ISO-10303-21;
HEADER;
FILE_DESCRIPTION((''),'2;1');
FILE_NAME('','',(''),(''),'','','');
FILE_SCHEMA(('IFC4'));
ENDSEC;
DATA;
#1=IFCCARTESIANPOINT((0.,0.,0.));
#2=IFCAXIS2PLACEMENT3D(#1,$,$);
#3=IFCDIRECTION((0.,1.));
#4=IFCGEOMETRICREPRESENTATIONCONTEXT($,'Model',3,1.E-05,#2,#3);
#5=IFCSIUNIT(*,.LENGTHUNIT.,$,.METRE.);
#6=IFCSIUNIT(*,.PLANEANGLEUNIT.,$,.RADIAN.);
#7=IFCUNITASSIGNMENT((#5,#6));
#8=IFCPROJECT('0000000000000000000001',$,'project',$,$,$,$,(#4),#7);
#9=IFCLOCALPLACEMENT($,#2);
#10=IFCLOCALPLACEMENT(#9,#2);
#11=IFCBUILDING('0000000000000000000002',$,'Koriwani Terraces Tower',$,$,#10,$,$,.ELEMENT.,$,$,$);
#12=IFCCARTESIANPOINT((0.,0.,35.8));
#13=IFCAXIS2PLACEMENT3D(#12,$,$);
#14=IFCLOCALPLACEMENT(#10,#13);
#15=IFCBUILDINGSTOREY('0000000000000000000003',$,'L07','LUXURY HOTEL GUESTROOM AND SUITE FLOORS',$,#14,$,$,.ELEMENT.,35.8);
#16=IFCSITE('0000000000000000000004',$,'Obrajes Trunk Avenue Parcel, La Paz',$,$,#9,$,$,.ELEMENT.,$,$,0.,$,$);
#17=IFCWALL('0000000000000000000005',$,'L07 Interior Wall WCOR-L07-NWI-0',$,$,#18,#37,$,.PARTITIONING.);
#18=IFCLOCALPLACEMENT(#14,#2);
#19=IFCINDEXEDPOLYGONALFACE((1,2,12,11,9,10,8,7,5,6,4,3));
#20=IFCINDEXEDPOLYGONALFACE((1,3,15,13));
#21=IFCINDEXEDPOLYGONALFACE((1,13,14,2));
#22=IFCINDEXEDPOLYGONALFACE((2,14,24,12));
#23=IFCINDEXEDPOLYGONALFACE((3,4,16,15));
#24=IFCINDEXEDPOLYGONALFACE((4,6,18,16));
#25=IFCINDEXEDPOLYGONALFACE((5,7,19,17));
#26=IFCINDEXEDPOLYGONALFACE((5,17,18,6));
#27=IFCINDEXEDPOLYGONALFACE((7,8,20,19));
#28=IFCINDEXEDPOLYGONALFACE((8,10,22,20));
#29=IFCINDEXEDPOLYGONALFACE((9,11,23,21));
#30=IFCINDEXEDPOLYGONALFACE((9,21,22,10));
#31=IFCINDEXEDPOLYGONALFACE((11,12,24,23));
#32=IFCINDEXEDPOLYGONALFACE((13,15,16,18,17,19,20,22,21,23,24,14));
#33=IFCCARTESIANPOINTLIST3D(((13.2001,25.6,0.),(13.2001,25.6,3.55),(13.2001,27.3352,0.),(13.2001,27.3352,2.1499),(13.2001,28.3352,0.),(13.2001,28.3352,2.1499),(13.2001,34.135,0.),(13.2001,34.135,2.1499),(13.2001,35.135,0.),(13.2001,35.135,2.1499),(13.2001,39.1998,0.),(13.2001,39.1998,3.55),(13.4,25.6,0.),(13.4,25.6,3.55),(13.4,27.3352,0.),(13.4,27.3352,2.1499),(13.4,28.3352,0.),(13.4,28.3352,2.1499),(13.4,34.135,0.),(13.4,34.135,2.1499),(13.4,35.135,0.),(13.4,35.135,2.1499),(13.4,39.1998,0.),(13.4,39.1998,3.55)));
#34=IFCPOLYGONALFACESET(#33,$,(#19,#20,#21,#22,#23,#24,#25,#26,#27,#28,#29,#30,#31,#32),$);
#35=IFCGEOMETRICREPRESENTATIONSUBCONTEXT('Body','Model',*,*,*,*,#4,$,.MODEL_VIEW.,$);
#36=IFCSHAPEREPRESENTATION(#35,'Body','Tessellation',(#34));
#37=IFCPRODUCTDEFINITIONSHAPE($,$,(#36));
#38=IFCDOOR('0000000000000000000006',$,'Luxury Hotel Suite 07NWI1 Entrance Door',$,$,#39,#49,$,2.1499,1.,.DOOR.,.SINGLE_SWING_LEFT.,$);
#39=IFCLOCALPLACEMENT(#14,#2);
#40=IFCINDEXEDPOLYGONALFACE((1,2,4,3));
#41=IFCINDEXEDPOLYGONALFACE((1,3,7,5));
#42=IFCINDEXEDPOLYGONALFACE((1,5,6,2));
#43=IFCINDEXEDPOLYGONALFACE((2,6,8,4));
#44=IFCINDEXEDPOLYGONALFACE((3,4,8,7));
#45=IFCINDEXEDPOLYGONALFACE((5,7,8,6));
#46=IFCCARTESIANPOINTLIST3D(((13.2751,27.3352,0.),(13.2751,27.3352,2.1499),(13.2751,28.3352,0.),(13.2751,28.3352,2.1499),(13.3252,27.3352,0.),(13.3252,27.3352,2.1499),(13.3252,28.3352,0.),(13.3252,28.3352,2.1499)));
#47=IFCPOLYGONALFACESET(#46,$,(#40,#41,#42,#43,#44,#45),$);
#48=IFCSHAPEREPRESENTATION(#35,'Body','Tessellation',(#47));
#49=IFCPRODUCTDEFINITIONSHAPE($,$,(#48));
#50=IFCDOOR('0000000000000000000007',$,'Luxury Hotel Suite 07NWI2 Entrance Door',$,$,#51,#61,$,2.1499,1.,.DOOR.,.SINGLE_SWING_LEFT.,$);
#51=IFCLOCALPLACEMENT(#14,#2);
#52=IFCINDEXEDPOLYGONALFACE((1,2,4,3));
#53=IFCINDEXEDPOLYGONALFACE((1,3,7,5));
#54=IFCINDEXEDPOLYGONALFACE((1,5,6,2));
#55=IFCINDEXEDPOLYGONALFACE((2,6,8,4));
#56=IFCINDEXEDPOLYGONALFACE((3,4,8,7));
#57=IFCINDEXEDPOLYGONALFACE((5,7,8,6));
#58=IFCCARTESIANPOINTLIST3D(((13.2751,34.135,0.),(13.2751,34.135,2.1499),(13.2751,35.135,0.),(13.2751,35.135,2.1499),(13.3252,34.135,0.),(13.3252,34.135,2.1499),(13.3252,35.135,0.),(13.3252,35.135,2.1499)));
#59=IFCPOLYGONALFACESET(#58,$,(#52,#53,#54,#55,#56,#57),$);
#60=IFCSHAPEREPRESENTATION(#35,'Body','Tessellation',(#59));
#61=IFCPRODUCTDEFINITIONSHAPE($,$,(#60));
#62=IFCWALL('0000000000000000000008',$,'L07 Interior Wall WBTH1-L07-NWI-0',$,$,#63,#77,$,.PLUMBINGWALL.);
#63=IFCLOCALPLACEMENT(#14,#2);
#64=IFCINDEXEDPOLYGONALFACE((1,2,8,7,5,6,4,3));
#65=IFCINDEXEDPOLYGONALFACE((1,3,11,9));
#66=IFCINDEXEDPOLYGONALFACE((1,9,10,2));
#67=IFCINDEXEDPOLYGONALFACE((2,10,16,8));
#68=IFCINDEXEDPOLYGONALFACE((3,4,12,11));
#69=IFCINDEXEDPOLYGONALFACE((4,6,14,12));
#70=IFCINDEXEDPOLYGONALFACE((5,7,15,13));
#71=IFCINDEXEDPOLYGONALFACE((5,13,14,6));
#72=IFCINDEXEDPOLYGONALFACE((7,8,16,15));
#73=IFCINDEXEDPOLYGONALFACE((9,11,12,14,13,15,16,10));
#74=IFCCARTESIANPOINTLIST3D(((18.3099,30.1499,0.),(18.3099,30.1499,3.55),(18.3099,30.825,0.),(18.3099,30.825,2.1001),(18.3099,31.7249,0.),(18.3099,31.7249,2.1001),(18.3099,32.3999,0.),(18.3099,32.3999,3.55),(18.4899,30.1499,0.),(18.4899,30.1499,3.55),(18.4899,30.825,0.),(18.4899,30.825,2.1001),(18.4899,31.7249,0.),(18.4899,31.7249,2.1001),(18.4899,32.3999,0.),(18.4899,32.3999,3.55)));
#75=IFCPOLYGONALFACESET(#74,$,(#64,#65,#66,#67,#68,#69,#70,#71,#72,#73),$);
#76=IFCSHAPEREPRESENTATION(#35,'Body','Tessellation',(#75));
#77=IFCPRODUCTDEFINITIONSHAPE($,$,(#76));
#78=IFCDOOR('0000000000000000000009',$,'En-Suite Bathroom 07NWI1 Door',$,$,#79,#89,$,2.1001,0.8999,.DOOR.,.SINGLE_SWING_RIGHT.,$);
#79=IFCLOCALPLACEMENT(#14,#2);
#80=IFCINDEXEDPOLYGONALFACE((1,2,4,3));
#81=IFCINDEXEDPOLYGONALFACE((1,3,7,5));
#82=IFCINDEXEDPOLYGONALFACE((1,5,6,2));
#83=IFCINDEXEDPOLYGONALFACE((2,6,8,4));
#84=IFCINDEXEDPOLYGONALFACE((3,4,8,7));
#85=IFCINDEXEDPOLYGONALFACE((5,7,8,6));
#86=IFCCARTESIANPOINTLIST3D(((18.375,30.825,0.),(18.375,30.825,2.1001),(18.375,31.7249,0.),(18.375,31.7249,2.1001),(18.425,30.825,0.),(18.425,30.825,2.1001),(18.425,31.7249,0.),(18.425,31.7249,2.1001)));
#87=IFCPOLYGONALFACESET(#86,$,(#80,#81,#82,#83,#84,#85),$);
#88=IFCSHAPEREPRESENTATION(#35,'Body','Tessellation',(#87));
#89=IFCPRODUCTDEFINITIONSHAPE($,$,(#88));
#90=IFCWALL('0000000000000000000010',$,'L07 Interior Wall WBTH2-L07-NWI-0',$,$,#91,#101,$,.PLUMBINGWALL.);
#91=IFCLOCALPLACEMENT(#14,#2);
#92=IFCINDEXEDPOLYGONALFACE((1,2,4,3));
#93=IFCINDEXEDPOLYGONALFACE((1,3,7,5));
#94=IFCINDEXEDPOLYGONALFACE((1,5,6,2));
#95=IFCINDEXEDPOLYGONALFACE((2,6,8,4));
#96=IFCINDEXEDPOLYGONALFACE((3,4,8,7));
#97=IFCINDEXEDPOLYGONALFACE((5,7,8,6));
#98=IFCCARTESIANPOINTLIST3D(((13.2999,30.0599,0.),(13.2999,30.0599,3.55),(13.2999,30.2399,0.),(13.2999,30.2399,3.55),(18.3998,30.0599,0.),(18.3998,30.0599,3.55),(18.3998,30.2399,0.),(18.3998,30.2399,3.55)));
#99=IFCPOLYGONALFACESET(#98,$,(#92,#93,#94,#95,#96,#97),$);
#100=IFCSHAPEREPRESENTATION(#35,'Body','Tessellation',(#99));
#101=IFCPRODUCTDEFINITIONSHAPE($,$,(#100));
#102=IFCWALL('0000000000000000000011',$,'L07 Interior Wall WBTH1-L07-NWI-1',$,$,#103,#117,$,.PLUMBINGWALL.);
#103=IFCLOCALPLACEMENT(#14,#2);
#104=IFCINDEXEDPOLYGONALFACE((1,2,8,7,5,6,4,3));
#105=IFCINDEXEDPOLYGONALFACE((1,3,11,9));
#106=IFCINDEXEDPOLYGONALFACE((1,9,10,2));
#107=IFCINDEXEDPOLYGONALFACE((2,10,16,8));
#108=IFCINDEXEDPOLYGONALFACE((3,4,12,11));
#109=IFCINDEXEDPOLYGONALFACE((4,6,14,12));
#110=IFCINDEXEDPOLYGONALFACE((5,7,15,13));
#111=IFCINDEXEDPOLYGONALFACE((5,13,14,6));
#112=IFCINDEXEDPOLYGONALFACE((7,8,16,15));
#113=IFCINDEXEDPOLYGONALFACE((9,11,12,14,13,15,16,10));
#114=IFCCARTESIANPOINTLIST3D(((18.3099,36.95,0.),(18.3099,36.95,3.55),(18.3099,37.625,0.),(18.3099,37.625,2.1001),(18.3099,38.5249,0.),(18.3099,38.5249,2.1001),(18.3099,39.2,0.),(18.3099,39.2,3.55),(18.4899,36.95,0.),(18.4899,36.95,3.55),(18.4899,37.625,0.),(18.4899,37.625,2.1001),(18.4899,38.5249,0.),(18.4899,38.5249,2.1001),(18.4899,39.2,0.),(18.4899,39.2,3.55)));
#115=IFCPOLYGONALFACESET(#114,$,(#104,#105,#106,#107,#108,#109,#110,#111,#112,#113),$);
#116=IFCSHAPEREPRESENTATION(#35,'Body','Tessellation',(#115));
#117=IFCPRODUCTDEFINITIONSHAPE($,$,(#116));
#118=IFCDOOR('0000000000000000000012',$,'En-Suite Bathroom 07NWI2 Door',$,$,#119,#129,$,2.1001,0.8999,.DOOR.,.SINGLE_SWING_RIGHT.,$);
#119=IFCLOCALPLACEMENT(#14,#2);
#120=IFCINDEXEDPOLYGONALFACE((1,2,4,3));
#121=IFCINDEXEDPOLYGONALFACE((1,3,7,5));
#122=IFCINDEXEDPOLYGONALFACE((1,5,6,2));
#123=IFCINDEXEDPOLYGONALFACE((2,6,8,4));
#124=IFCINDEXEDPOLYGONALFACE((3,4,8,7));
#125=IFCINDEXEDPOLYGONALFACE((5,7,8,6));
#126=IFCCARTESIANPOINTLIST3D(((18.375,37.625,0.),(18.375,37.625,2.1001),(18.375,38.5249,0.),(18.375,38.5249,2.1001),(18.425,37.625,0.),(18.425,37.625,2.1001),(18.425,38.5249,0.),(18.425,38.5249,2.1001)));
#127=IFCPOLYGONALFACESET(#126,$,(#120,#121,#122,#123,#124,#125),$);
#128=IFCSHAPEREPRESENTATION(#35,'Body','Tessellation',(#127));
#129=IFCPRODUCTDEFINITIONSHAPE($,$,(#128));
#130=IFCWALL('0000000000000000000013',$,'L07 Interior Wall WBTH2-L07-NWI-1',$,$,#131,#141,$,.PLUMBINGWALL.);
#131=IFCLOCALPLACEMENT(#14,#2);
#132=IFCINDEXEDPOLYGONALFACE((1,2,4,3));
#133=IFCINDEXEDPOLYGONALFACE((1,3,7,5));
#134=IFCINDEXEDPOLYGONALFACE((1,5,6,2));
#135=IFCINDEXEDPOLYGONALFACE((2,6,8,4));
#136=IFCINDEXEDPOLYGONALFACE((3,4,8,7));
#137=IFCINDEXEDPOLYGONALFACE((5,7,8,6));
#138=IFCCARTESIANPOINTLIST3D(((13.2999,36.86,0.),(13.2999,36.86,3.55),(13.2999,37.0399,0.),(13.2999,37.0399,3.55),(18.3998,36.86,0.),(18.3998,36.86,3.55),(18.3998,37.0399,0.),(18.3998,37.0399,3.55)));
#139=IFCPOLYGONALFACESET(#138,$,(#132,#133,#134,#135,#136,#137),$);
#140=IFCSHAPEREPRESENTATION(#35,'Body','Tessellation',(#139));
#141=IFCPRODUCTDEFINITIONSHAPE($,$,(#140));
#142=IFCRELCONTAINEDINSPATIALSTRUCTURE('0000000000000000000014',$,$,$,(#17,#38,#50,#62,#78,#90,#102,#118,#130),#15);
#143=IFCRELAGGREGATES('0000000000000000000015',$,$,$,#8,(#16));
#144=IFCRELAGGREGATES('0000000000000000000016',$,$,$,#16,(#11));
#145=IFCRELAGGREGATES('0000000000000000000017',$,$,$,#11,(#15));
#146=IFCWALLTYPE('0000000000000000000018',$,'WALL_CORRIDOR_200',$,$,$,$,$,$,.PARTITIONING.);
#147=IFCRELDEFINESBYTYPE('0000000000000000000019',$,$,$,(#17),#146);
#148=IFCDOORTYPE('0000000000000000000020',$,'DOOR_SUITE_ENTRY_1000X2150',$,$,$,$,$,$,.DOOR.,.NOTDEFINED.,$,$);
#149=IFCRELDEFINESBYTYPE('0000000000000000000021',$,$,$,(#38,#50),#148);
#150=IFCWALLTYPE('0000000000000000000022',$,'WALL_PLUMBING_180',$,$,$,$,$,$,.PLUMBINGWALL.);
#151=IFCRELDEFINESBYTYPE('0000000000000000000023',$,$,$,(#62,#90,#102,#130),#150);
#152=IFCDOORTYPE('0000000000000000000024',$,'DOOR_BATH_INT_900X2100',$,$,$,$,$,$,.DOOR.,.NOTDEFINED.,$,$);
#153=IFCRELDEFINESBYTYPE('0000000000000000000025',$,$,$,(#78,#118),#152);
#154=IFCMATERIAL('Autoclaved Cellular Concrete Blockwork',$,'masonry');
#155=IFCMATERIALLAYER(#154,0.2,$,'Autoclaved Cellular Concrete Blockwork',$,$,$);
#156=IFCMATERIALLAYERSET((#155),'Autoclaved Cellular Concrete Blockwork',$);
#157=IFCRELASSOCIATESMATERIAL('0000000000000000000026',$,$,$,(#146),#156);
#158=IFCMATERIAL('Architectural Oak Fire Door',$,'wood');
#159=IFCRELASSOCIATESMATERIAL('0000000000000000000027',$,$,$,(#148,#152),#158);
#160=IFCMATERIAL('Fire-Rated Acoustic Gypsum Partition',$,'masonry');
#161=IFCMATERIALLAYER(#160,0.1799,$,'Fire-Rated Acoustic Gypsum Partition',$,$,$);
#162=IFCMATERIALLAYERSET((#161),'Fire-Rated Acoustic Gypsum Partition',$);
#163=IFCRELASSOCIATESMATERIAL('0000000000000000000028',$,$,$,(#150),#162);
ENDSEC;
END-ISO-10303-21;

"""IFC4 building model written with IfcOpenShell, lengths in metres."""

from ifc_helpers import new_model, si_unit, direction, frame, frame_2d, origin, place, context, subcontext, project, spatial, rectangle, extrude, material, layer, layer_set, type_object, element, fill, save


model = new_model("IFC4")

# Units and contexts
model_context = context("Model", 3, precision=1e-05, world=origin(), true_north=direction((0.0, 1.0)))
body_context = subcontext(model_context, "Body", "Model", "MODEL_VIEW")
ifc_project = project(units=[si_unit("LENGTHUNIT", "METRE"), si_unit("PLANEANGLEUNIT", "RADIAN")], contexts=[model_context])

# Site, building, storey
site_placement = place(None, origin())
site = spatial("IfcSite", under=ifc_project, at=site_placement, Name="Obrajes Trunk Avenue Parcel, La Paz", CompositionType="ELEMENT", RefElevation=0.0)
building_placement = place(site_placement, origin())
building = spatial("IfcBuilding", under=site, at=building_placement, Name="Koriwani Terraces Tower", CompositionType="ELEMENT")
storey_placement = place(building_placement, frame((0.0, 0.0, 35.8)))
storey = spatial("IfcBuildingStorey", under=building, at=storey_placement, Name="L07", Description="LUXURY HOTEL GUESTROOM AND SUITE FLOORS", CompositionType="ELEMENT", Elevation=35.8)

# Shared definitions
ifc_material_1 = material(Name="Autoclaved Cellular Concrete Blockwork", Category="masonry")
ifc_layer_1 = layer(ifc_material_1, 0.2, Name="Autoclaved Cellular Concrete Blockwork")
ifc_layer_set_1 = layer_set([ifc_layer_1], Name="Autoclaved Cellular Concrete Blockwork")
wall_type_1 = type_object("IfcWallType", Name="WALL_CORRIDOR_200", PredefinedType="PARTITIONING", material=ifc_layer_set_1)

# Wall, openings, doors
wall_1_placement = place(storey_placement, frame((13.3, 25.6001, 0.0), z_axis=(0.0, 0.0, 1.0), x_axis=(0.0, 1.0, 0.0)))
wall_1 = element("IfcWall", 1, at=wall_1_placement, inside=storey, type_object=wall_type_1, Name="L07 Interior Wall WCOR-L07-NWI-0", PredefinedType="PARTITIONING", context=body_context, shape_type="SweptSolid", body=[
    extrude(rectangle(XDim=13.5999, YDim=0.2, at=frame_2d((6.7998, 0.0))), origin(), (0.0, 0.0, 1.0), 3.55),
])
opening_1_placement = place(wall_1_placement, frame((1.7351, 0.0, 0.0)))
opening_1 = element("IfcOpeningElement", 2, at=opening_1_placement, cuts=wall_1, PredefinedType="OPENING", context=body_context, shape_type="SweptSolid", body=[
    extrude(rectangle(XDim=1.0, YDim=2.1499, at=frame_2d((0.5, 1.075))), frame((0.0, 0.1099, 0.0), z_axis=(0.0, -1.0, 0.0), x_axis=(1.0, 0.0, 0.0)), (0.0, 0.0, 1.0), 0.22),
])
opening_2_placement = place(wall_1_placement, frame((8.5349, 0.0, 0.0)))
opening_2 = element("IfcOpeningElement", 3, at=opening_2_placement, cuts=wall_1, PredefinedType="OPENING", context=body_context, shape_type="SweptSolid", body=[
    extrude(rectangle(XDim=1.0, YDim=2.1499, at=frame_2d((0.5, 1.075))), frame((0.0, 0.1099, 0.0), z_axis=(0.0, -1.0, 0.0), x_axis=(1.0, 0.0, 0.0)), (0.0, 0.0, 1.0), 0.22),
])
ifc_material_2 = material(Name="Architectural Oak Fire Door", Category="wood")
door_type_1 = type_object("IfcDoorType", Name="DOOR_SUITE_ENTRY_1000X2150", OperationType="NOTDEFINED", PredefinedType="DOOR", material=ifc_material_2)
door_1_placement = place(opening_1_placement, origin())
door_1 = element("IfcDoor", 4, at=door_1_placement, inside=storey, type_object=door_type_1, Name="Luxury Hotel Suite 07NWI1 Entrance Door", OperationType="SINGLE_SWING_LEFT", OverallHeight=2.1499, OverallWidth=1.0, PredefinedType="DOOR", context=body_context, shape_type="SweptSolid", body=[
    extrude(rectangle(XDim=1.0, YDim=2.1499, at=frame_2d((0.5, 1.075))), frame((0.0, 0.0249, 0.0), z_axis=(0.0, -1.0, 0.0), x_axis=(1.0, 0.0, 0.0)), (0.0, 0.0, 1.0), 0.05),
])
fill(opening_1, door_1)
door_2_placement = place(opening_2_placement, origin())
door_2 = element("IfcDoor", 5, at=door_2_placement, inside=storey, type_object=door_type_1, Name="Luxury Hotel Suite 07NWI2 Entrance Door", OperationType="SINGLE_SWING_LEFT", OverallHeight=2.1499, OverallWidth=1.0, PredefinedType="DOOR", context=body_context, shape_type="SweptSolid", body=[
    extrude(rectangle(XDim=1.0, YDim=2.1499, at=frame_2d((0.5, 1.075))), frame((0.0, 0.0249, 0.0), z_axis=(0.0, -1.0, 0.0), x_axis=(1.0, 0.0, 0.0)), (0.0, 0.0, 1.0), 0.05),
])
fill(opening_2, door_2)

# Wall, opening, door
ifc_material_3 = material(Name="Fire-Rated Acoustic Gypsum Partition", Category="masonry")
ifc_layer_2 = layer(ifc_material_3, 0.1799, Name="Fire-Rated Acoustic Gypsum Partition")
ifc_layer_set_2 = layer_set([ifc_layer_2], Name="Fire-Rated Acoustic Gypsum Partition")
wall_type_2 = type_object("IfcWallType", Name="WALL_PLUMBING_180", PredefinedType="PLUMBINGWALL", material=ifc_layer_set_2)
wall_2_placement = place(storey_placement, frame((18.3999, 30.1499, 0.0), z_axis=(0.0, 0.0, 1.0), x_axis=(0.0, 1.0, 0.0)))
wall_2 = element("IfcWall", 6, at=wall_2_placement, inside=storey, type_object=wall_type_2, Name="L07 Interior Wall WBTH1-L07-NWI-0", PredefinedType="PLUMBINGWALL", context=body_context, shape_type="SweptSolid", body=[
    extrude(rectangle(XDim=2.25, YDim=0.1799, at=frame_2d((1.125, 0.0))), origin(), (0.0, 0.0, 1.0), 3.55),
])
opening_3_placement = place(wall_2_placement, frame((0.675, 0.0, 0.0)))
opening_3 = element("IfcOpeningElement", 7, at=opening_3_placement, cuts=wall_2, PredefinedType="OPENING", context=body_context, shape_type="SweptSolid", body=[
    extrude(rectangle(XDim=0.8999, YDim=2.1001, at=frame_2d((0.45, 1.05))), frame((0.0, 0.1001, 0.0), z_axis=(0.0, -1.0, 0.0), x_axis=(1.0, 0.0, 0.0)), (0.0, 0.0, 1.0), 0.2),
])
door_type_2 = type_object("IfcDoorType", Name="DOOR_BATH_INT_900X2100", OperationType="NOTDEFINED", PredefinedType="DOOR", material=ifc_material_2)
door_3_placement = place(opening_3_placement, origin())
door_3 = element("IfcDoor", 8, at=door_3_placement, inside=storey, type_object=door_type_2, Name="En-Suite Bathroom 07NWI1 Door", OperationType="SINGLE_SWING_RIGHT", OverallHeight=2.1001, OverallWidth=0.8999, PredefinedType="DOOR", context=body_context, shape_type="SweptSolid", body=[
    extrude(rectangle(XDim=0.8999, YDim=2.1001, at=frame_2d((0.45, 1.05))), frame((0.0, 0.0249, 0.0), z_axis=(0.0, -1.0, 0.0), x_axis=(1.0, 0.0, 0.0)), (0.0, 0.0, 1.0), 0.05),
])
fill(opening_3, door_3)

# Wall
wall_3_placement = place(storey_placement, frame((13.3, 30.1499, 0.0), z_axis=(0.0, 0.0, 1.0), x_axis=(1.0, 0.0, 0.0)))
element("IfcWall", 9, at=wall_3_placement, inside=storey, type_object=wall_type_2, Name="L07 Interior Wall WBTH2-L07-NWI-0", PredefinedType="PLUMBINGWALL", context=body_context, shape_type="SweptSolid", body=[
    extrude(rectangle(XDim=5.0999, YDim=0.1799, at=frame_2d((2.5498, 0.0))), origin(), (0.0, 0.0, 1.0), 3.55),
])

# Wall, opening, door
wall_4_placement = place(storey_placement, frame((18.3999, 36.95, 0.0), z_axis=(0.0, 0.0, 1.0), x_axis=(0.0, 1.0, 0.0)))
wall_4 = element("IfcWall", 10, at=wall_4_placement, inside=storey, type_object=wall_type_2, Name="L07 Interior Wall WBTH1-L07-NWI-1", PredefinedType="PLUMBINGWALL", context=body_context, shape_type="SweptSolid", body=[
    extrude(rectangle(XDim=2.25, YDim=0.1799, at=frame_2d((1.125, 0.0))), origin(), (0.0, 0.0, 1.0), 3.55),
])
opening_4_placement = place(wall_4_placement, frame((0.675, 0.0, 0.0)))
opening_4 = element("IfcOpeningElement", 11, at=opening_4_placement, cuts=wall_4, PredefinedType="OPENING", context=body_context, shape_type="SweptSolid", body=[
    extrude(rectangle(XDim=0.8999, YDim=2.1001, at=frame_2d((0.45, 1.05))), frame((0.0, 0.1001, 0.0), z_axis=(0.0, -1.0, 0.0), x_axis=(1.0, 0.0, 0.0)), (0.0, 0.0, 1.0), 0.2),
])
door_4_placement = place(opening_4_placement, origin())
door_4 = element("IfcDoor", 12, at=door_4_placement, inside=storey, type_object=door_type_2, Name="En-Suite Bathroom 07NWI2 Door", OperationType="SINGLE_SWING_RIGHT", OverallHeight=2.1001, OverallWidth=0.8999, PredefinedType="DOOR", context=body_context, shape_type="SweptSolid", body=[
    extrude(rectangle(XDim=0.8999, YDim=2.1001, at=frame_2d((0.45, 1.05))), frame((0.0, 0.0249, 0.0), z_axis=(0.0, -1.0, 0.0), x_axis=(1.0, 0.0, 0.0)), (0.0, 0.0, 1.0), 0.05),
])
fill(opening_4, door_4)

# Wall
wall_5_placement = place(storey_placement, frame((13.3, 36.95, 0.0), z_axis=(0.0, 0.0, 1.0), x_axis=(1.0, 0.0, 0.0)))
element("IfcWall", 13, at=wall_5_placement, inside=storey, type_object=wall_type_2, Name="L07 Interior Wall WBTH2-L07-NWI-1", PredefinedType="PLUMBINGWALL", context=body_context, shape_type="SweptSolid", body=[
    extrude(rectangle(XDim=5.0999, YDim=0.1799, at=frame_2d((2.5498, 0.0))), origin(), (0.0, 0.0, 1.0), 3.55),
])

save(model, "model.ifc")
